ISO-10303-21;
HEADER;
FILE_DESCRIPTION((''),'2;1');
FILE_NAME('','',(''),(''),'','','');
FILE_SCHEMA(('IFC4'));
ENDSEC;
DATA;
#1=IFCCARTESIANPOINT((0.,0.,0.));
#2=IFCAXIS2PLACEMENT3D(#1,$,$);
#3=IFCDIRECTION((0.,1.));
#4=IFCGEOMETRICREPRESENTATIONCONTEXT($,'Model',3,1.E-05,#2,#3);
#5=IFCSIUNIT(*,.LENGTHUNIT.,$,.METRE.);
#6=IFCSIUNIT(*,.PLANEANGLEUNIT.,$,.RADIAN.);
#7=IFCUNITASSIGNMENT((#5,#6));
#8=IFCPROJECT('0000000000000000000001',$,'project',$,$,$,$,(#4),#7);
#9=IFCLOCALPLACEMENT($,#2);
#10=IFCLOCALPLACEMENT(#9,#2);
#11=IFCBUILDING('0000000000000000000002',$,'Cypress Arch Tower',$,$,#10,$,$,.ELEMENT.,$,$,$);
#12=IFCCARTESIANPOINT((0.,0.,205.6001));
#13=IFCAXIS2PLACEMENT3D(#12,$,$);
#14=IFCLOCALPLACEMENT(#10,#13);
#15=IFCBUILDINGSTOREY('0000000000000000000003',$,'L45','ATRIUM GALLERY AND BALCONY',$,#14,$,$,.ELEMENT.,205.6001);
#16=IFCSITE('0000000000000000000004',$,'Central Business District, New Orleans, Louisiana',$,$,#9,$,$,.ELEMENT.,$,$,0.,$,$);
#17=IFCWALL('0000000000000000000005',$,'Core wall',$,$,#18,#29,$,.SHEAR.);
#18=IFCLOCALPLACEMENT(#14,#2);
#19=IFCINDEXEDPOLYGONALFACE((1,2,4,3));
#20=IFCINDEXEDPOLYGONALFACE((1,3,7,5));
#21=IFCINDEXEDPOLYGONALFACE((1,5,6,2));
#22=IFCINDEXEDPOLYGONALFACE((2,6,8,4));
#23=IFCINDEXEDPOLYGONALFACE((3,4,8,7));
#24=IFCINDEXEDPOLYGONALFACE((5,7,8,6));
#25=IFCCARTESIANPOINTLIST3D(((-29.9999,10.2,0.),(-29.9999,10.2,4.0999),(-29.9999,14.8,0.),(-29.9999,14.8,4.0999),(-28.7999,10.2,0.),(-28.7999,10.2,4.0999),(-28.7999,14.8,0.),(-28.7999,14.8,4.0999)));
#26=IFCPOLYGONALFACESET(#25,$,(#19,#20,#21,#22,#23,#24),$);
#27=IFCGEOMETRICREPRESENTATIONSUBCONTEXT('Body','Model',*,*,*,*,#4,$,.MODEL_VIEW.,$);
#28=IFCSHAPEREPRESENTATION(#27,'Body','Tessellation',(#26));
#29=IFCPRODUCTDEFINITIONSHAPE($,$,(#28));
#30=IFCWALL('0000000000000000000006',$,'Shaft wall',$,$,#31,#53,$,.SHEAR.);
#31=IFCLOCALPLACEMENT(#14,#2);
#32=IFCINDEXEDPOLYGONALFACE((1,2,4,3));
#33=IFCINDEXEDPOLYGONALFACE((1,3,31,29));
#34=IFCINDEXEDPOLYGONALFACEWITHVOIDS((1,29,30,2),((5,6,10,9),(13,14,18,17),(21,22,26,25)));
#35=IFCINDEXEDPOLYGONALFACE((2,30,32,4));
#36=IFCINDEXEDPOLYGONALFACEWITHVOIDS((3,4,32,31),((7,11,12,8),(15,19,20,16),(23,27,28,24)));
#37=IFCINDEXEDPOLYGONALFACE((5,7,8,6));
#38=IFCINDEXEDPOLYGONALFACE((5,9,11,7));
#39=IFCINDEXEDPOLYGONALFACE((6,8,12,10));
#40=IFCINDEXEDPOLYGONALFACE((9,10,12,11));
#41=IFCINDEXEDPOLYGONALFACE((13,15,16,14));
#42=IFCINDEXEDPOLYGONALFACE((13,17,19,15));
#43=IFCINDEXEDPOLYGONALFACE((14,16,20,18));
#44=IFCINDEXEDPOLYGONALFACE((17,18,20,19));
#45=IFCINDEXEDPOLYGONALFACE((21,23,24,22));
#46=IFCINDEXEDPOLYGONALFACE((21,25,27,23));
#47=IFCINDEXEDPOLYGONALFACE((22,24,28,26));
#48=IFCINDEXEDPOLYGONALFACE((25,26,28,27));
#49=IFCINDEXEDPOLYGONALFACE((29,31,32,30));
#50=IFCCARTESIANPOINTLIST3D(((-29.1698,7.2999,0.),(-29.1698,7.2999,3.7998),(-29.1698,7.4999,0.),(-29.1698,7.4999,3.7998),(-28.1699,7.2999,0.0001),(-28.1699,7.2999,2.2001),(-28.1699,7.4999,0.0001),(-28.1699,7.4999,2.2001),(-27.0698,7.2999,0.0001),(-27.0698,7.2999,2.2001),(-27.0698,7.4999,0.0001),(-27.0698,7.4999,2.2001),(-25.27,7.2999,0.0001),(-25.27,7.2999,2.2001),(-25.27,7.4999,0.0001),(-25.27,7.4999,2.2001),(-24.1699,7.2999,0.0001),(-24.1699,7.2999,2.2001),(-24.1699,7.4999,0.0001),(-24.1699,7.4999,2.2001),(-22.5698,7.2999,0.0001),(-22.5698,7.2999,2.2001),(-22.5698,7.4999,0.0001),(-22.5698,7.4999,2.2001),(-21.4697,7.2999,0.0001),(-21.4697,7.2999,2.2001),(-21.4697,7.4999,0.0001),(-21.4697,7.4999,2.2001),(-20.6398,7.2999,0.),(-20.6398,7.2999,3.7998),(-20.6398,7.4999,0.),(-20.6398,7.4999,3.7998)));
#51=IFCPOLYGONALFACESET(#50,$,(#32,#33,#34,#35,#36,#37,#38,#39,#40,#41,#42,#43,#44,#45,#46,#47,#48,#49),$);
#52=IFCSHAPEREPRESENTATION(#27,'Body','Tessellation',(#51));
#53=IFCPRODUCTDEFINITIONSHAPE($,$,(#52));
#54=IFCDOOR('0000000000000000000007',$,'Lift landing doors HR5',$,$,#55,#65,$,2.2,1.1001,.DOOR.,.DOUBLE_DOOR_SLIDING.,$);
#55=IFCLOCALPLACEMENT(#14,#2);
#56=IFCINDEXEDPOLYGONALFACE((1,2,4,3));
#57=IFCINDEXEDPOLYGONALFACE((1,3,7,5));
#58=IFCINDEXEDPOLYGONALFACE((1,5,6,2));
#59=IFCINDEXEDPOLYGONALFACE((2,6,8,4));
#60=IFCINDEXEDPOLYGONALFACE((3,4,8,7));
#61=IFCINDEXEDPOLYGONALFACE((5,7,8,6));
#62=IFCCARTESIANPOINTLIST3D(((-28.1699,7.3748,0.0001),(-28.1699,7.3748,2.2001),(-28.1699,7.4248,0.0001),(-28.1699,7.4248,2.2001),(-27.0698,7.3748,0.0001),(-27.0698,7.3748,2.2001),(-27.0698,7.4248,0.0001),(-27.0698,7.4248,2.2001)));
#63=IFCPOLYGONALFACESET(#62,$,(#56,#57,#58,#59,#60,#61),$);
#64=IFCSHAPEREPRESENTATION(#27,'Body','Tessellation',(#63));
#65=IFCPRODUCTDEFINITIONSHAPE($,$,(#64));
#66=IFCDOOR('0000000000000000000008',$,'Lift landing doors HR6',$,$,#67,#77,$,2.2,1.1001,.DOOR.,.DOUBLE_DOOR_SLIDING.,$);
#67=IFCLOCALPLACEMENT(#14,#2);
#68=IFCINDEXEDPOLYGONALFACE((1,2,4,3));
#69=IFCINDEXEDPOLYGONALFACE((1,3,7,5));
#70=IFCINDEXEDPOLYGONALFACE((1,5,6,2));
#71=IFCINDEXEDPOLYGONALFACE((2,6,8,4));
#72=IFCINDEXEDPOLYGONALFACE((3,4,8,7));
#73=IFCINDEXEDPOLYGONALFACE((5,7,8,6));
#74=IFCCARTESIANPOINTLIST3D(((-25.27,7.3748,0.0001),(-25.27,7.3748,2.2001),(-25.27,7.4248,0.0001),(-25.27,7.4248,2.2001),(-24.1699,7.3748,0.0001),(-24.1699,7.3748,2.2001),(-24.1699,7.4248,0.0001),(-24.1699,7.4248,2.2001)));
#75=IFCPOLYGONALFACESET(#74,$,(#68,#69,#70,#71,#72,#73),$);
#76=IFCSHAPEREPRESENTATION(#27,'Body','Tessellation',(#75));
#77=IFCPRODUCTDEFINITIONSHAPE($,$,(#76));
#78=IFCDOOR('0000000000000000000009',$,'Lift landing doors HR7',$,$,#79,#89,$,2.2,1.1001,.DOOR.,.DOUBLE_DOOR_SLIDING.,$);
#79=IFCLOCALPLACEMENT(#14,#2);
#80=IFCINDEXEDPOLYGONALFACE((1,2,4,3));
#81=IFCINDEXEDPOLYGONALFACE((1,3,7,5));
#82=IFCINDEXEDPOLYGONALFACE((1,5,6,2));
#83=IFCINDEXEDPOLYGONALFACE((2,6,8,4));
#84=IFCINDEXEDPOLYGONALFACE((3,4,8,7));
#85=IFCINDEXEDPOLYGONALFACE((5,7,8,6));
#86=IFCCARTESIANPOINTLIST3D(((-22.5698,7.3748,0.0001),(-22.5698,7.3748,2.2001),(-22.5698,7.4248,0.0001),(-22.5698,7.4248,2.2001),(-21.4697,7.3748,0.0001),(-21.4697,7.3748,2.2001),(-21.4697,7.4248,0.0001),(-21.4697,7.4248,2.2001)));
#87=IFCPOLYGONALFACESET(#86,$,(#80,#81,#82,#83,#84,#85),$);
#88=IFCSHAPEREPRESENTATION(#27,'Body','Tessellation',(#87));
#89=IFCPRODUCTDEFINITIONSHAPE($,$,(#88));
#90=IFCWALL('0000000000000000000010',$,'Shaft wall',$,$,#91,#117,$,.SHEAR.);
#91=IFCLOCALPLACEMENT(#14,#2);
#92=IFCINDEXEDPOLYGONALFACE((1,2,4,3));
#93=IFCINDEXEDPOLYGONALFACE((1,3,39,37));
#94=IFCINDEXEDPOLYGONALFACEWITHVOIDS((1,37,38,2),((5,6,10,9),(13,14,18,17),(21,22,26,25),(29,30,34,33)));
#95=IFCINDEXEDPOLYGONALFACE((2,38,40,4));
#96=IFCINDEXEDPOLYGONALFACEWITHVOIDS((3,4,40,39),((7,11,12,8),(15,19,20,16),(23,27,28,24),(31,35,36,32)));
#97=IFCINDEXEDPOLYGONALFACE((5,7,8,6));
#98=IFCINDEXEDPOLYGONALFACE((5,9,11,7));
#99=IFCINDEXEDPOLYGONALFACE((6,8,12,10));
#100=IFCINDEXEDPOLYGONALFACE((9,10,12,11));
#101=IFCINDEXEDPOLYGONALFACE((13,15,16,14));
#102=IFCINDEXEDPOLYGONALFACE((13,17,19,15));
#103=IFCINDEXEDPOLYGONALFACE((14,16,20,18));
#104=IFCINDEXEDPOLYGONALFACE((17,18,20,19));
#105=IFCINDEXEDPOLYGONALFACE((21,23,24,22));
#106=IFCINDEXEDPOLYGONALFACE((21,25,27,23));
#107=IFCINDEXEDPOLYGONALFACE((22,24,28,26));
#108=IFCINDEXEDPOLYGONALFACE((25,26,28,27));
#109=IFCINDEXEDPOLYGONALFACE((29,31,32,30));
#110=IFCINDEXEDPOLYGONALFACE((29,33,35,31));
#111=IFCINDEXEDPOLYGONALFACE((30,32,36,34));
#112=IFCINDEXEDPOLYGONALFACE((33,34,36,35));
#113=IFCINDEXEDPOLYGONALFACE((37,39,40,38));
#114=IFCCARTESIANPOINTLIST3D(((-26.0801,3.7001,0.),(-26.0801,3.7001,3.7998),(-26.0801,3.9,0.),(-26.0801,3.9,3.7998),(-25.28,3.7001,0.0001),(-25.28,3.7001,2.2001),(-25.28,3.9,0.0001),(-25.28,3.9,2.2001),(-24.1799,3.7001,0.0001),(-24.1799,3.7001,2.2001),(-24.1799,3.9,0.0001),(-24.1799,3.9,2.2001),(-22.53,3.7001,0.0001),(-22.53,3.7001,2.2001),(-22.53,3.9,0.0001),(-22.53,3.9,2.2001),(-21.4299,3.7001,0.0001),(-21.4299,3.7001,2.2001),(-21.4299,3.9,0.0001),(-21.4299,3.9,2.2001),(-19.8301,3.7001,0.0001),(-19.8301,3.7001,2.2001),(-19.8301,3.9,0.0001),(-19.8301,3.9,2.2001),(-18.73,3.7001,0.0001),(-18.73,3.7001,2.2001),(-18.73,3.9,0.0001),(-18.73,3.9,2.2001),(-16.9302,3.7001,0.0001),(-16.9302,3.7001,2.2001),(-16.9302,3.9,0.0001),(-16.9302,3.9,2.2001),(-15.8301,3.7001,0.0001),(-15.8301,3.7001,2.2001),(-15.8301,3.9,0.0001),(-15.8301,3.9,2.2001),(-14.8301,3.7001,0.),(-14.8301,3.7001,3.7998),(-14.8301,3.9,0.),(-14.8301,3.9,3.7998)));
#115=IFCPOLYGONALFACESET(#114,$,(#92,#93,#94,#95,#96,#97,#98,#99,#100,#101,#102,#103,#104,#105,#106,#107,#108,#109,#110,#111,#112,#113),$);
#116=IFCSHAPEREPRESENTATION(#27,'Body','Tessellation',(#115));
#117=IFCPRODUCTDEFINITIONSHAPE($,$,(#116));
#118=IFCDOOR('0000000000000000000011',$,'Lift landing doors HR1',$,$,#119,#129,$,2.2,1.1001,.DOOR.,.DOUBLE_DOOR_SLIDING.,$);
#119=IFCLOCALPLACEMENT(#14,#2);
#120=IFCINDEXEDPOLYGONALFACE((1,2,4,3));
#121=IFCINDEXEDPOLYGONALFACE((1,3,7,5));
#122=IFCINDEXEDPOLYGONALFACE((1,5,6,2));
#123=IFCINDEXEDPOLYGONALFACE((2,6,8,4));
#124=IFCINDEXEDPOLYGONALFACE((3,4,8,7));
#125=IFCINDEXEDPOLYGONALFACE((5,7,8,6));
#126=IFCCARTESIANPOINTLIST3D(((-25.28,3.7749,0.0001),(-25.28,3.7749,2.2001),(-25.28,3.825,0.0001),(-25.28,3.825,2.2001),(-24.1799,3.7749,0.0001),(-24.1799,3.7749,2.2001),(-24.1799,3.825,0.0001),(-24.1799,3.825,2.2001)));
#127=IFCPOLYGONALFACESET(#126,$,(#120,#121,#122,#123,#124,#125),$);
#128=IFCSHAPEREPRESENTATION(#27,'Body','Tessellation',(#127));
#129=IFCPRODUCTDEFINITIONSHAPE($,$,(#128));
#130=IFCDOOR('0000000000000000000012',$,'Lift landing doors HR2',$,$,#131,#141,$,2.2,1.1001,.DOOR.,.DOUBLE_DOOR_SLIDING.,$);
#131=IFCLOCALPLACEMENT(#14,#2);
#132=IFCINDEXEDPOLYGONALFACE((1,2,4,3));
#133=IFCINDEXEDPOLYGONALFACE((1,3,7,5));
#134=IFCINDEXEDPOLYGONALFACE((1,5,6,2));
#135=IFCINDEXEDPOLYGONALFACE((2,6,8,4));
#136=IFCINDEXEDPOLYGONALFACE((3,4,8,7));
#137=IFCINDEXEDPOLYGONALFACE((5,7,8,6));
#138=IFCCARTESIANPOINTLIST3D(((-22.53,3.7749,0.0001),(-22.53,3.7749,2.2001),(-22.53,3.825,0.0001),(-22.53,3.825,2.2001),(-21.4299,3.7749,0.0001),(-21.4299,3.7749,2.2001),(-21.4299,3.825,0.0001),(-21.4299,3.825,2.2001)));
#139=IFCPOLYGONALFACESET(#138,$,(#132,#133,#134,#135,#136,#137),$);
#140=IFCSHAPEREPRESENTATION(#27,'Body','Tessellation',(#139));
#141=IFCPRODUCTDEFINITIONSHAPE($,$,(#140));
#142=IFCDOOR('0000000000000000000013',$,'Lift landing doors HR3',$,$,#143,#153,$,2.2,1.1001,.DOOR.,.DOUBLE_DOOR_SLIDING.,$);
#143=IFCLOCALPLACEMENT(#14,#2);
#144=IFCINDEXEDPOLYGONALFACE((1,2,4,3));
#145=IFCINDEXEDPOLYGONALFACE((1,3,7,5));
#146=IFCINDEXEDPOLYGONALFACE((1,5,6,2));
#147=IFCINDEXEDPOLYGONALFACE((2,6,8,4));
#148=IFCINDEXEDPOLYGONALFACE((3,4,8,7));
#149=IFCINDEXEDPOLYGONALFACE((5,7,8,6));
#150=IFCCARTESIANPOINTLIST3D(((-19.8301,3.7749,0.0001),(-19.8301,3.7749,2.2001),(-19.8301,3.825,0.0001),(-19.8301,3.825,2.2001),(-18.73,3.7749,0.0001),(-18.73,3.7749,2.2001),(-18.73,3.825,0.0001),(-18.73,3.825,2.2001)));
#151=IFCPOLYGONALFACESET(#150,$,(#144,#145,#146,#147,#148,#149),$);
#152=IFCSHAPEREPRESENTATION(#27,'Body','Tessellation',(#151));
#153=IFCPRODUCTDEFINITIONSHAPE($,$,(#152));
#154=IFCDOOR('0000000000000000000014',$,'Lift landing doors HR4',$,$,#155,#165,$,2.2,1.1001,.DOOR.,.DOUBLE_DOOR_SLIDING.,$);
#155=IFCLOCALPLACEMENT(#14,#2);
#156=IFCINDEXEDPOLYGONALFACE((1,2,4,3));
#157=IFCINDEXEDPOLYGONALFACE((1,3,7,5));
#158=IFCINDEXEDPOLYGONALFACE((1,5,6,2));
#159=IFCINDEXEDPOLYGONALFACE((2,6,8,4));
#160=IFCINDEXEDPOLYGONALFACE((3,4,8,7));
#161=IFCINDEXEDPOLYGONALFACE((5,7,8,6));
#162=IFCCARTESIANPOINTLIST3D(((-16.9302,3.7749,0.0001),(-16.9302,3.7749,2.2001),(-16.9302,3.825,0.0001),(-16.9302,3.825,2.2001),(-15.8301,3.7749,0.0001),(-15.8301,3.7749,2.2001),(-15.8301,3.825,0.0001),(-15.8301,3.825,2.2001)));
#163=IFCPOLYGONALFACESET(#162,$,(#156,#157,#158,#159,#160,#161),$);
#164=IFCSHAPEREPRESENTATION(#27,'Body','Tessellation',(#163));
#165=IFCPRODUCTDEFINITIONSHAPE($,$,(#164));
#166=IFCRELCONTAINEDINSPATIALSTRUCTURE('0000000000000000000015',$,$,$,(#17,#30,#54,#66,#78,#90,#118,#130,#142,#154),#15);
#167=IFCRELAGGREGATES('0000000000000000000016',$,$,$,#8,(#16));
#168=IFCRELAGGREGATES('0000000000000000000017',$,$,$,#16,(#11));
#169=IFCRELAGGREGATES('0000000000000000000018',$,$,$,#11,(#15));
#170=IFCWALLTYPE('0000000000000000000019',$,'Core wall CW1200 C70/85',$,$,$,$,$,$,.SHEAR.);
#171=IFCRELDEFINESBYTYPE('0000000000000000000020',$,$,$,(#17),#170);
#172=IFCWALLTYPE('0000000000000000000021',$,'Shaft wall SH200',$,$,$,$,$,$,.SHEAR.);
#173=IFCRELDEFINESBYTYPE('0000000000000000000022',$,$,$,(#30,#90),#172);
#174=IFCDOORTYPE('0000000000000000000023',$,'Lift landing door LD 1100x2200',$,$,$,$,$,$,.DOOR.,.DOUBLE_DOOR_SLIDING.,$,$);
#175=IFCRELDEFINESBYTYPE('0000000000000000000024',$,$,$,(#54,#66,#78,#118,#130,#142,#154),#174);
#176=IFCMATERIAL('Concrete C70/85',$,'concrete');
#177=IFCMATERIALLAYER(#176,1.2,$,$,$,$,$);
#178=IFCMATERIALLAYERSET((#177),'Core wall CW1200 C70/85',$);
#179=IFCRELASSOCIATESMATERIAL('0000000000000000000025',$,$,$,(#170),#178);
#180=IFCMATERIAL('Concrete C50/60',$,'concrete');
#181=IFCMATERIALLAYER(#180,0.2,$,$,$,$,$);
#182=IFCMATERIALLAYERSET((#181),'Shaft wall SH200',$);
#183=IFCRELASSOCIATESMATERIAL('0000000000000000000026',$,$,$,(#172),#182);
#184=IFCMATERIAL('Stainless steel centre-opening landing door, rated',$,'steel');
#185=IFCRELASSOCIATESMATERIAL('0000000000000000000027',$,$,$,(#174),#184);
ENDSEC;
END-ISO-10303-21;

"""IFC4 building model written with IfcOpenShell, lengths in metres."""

from ifc_helpers import new_model, si_unit, direction, frame, frame_2d, origin, place, context, subcontext, project, spatial, rectangle, extrude, material, layer, layer_set, type_object, element, fill, save


model = new_model("IFC4")

# Units and contexts
model_context = context("Model", 3, precision=1e-05, world=origin(), true_north=direction((0.0, 1.0)))
body_context = subcontext(model_context, "Body", "Model", "MODEL_VIEW")
ifc_project = project(units=[si_unit("LENGTHUNIT", "METRE"), si_unit("PLANEANGLEUNIT", "RADIAN")], contexts=[model_context])

# Site, building, storey
site_placement = place(None, origin())
site = spatial("IfcSite", under=ifc_project, at=site_placement, Name="Central Business District, New Orleans, Louisiana", CompositionType="ELEMENT", RefElevation=0.0)
building_placement = place(site_placement, origin())
building = spatial("IfcBuilding", under=site, at=building_placement, Name="Cypress Arch Tower", CompositionType="ELEMENT")
storey_placement = place(building_placement, frame((0.0, 0.0, 205.6001)))
storey = spatial("IfcBuildingStorey", under=building, at=storey_placement, Name="L45", Description="ATRIUM GALLERY AND BALCONY", CompositionType="ELEMENT", Elevation=205.6001)

# Wall
ifc_material_1 = material(Name="Concrete C70/85", Category="concrete")
ifc_layer_1 = layer(ifc_material_1, 1.2)
ifc_layer_set_1 = layer_set([ifc_layer_1], Name="Core wall CW1200 C70/85")
wall_type_1 = type_object("IfcWallType", Name="Core wall CW1200 C70/85", PredefinedType="SHEAR", material=ifc_layer_set_1)
wall_1_placement = place(storey_placement, frame((-29.3999, 10.2, 0.0), z_axis=(0.0, 0.0, 1.0), x_axis=(0.0, 1.0, 0.0)))
element("IfcWall", 1, at=wall_1_placement, inside=storey, type_object=wall_type_1, Name="Core wall", PredefinedType="SHEAR", context=body_context, shape_type="SweptSolid", body=[
    extrude(rectangle(XDim=4.6001, YDim=1.2, at=frame_2d((2.3, 0.0))), origin(), (0.0, 0.0, 1.0), 4.0999),
])

# Walls, openings, doors
ifc_material_2 = material(Name="Concrete C50/60", Category="concrete")
ifc_layer_2 = layer(ifc_material_2, 0.2)
ifc_layer_set_2 = layer_set([ifc_layer_2], Name="Shaft wall SH200")
wall_type_2 = type_object("IfcWallType", Name="Shaft wall SH200", PredefinedType="SHEAR", material=ifc_layer_set_2)
wall_2_placement = place(storey_placement, frame((-29.1699, 7.3999, 0.0), z_axis=(0.0, 0.0, 1.0), x_axis=(1.0, 0.0, 0.0)))
wall_2 = element("IfcWall", 2, at=wall_2_placement, inside=storey, type_object=wall_type_2, Name="Shaft wall", PredefinedType="SHEAR", context=body_context, shape_type="SweptSolid", body=[
    extrude(rectangle(XDim=8.53, YDim=0.2, at=frame_2d((4.2651, 0.0))), origin(), (0.0, 0.0, 1.0), 3.7998),
])
opening_1_placement = place(wall_2_placement, frame((1.0, 0.0, 0.0)))
opening_1 = element("IfcOpeningElement", 3, at=opening_1_placement, cuts=wall_2, PredefinedType="OPENING", context=body_context, shape_type="SweptSolid", body=[
    extrude(rectangle(XDim=1.1001, YDim=2.2, at=frame_2d((0.55, 1.1001))), frame((0.0, 0.1099, 0.0), z_axis=(0.0, -1.0, 0.0), x_axis=(1.0, 0.0, 0.0)), (0.0, 0.0, 1.0), 0.22),
])
opening_2_placement = place(wall_2_placement, frame((3.8999, 0.0, 0.0)))
opening_2 = element("IfcOpeningElement", 4, at=opening_2_placement, cuts=wall_2, PredefinedType="OPENING", context=body_context, shape_type="SweptSolid", body=[
    extrude(rectangle(XDim=1.1001, YDim=2.2, at=frame_2d((0.55, 1.1001))), frame((0.0, 0.1099, 0.0), z_axis=(0.0, -1.0, 0.0), x_axis=(1.0, 0.0, 0.0)), (0.0, 0.0, 1.0), 0.22),
])
opening_3_placement = place(wall_2_placement, frame((6.6001, 0.0, 0.0)))
opening_3 = element("IfcOpeningElement", 5, at=opening_3_placement, cuts=wall_2, PredefinedType="OPENING", context=body_context, shape_type="SweptSolid", body=[
    extrude(rectangle(XDim=1.1001, YDim=2.2, at=frame_2d((0.55, 1.1001))), frame((0.0, 0.1099, 0.0), z_axis=(0.0, -1.0, 0.0), x_axis=(1.0, 0.0, 0.0)), (0.0, 0.0, 1.0), 0.22),
])
ifc_material_3 = material(Name="Stainless steel centre-opening landing door, rated", Category="steel")
door_type = type_object("IfcDoorType", Name="Lift landing door LD 1100x2200", OperationType="DOUBLE_DOOR_SLIDING", PredefinedType="DOOR", material=ifc_material_3)
door_1_placement = place(opening_1_placement, origin())
door_1 = element("IfcDoor", 6, at=door_1_placement, inside=storey, type_object=door_type, Name="Lift landing doors HR5", OperationType="DOUBLE_DOOR_SLIDING", OverallHeight=2.2, OverallWidth=1.1001, PredefinedType="DOOR", context=body_context, shape_type="SweptSolid", body=[
    extrude(rectangle(XDim=1.1001, YDim=2.2, at=frame_2d((0.55, 1.1001))), frame((0.0, 0.0249, 0.0), z_axis=(0.0, -1.0, 0.0), x_axis=(1.0, 0.0, 0.0)), (0.0, 0.0, 1.0), 0.05),
])
fill(opening_1, door_1)
door_2_placement = place(opening_2_placement, origin())
door_2 = element("IfcDoor", 7, at=door_2_placement, inside=storey, type_object=door_type, Name="Lift landing doors HR6", OperationType="DOUBLE_DOOR_SLIDING", OverallHeight=2.2, OverallWidth=1.1001, PredefinedType="DOOR", context=body_context, shape_type="SweptSolid", body=[
    extrude(rectangle(XDim=1.1001, YDim=2.2, at=frame_2d((0.55, 1.1001))), frame((0.0, 0.0249, 0.0), z_axis=(0.0, -1.0, 0.0), x_axis=(1.0, 0.0, 0.0)), (0.0, 0.0, 1.0), 0.05),
])
fill(opening_2, door_2)
door_3_placement = place(opening_3_placement, origin())
door_3 = element("IfcDoor", 8, at=door_3_placement, inside=storey, type_object=door_type, Name="Lift landing doors HR7", OperationType="DOUBLE_DOOR_SLIDING", OverallHeight=2.2, OverallWidth=1.1001, PredefinedType="DOOR", context=body_context, shape_type="SweptSolid", body=[
    extrude(rectangle(XDim=1.1001, YDim=2.2, at=frame_2d((0.55, 1.1001))), frame((0.0, 0.0249, 0.0), z_axis=(0.0, -1.0, 0.0), x_axis=(1.0, 0.0, 0.0)), (0.0, 0.0, 1.0), 0.05),
])
fill(opening_3, door_3)
wall_3_placement = place(storey_placement, frame((-26.0801, 3.8, 0.0), z_axis=(0.0, 0.0, 1.0), x_axis=(1.0, 0.0, 0.0)))
wall_3 = element("IfcWall", 9, at=wall_3_placement, inside=storey, type_object=wall_type_2, Name="Shaft wall", PredefinedType="SHEAR", context=body_context, shape_type="SweptSolid", body=[
    extrude(rectangle(XDim=11.25, YDim=0.2, at=frame_2d((5.625, 0.0))), origin(), (0.0, 0.0, 1.0), 3.7998),
])
opening_4_placement = place(wall_3_placement, frame((0.8, 0.0, 0.0)))
opening_4 = element("IfcOpeningElement", 10, at=opening_4_placement, cuts=wall_3, PredefinedType="OPENING", context=body_context, shape_type="SweptSolid", body=[
    extrude(rectangle(XDim=1.1001, YDim=2.2, at=frame_2d((0.55, 1.1001))), frame((0.0, 0.1099, 0.0), z_axis=(0.0, -1.0, 0.0), x_axis=(1.0, 0.0, 0.0)), (0.0, 0.0, 1.0), 0.22),
])
opening_5_placement = place(wall_3_placement, frame((3.55, 0.0, 0.0)))
opening_5 = element("IfcOpeningElement", 11, at=opening_5_placement, cuts=wall_3, PredefinedType="OPENING", context=body_context, shape_type="SweptSolid", body=[
    extrude(rectangle(XDim=1.1001, YDim=2.2, at=frame_2d((0.55, 1.1001))), frame((0.0, 0.1099, 0.0), z_axis=(0.0, -1.0, 0.0), x_axis=(1.0, 0.0, 0.0)), (0.0, 0.0, 1.0), 0.22),
])
opening_6_placement = place(wall_3_placement, frame((6.25, 0.0, 0.0)))
opening_6 = element("IfcOpeningElement", 12, at=opening_6_placement, cuts=wall_3, PredefinedType="OPENING", context=body_context, shape_type="SweptSolid", body=[
    extrude(rectangle(XDim=1.1001, YDim=2.2, at=frame_2d((0.55, 1.1001))), frame((0.0, 0.1099, 0.0), z_axis=(0.0, -1.0, 0.0), x_axis=(1.0, 0.0, 0.0)), (0.0, 0.0, 1.0), 0.22),
])
opening_7_placement = place(wall_3_placement, frame((9.1499, 0.0, 0.0)))
opening_7 = element("IfcOpeningElement", 13, at=opening_7_placement, cuts=wall_3, PredefinedType="OPENING", context=body_context, shape_type="SweptSolid", body=[
    extrude(rectangle(XDim=1.1001, YDim=2.2, at=frame_2d((0.55, 1.1001))), frame((0.0, 0.1099, 0.0), z_axis=(0.0, -1.0, 0.0), x_axis=(1.0, 0.0, 0.0)), (0.0, 0.0, 1.0), 0.22),
])
door_4_placement = place(opening_4_placement, origin())
door_4 = element("IfcDoor", 14, at=door_4_placement, inside=storey, type_object=door_type, Name="Lift landing doors HR1", OperationType="DOUBLE_DOOR_SLIDING", OverallHeight=2.2, OverallWidth=1.1001, PredefinedType="DOOR", context=body_context, shape_type="SweptSolid", body=[
    extrude(rectangle(XDim=1.1001, YDim=2.2, at=frame_2d((0.55, 1.1001))), frame((0.0, 0.0249, 0.0), z_axis=(0.0, -1.0, 0.0), x_axis=(1.0, 0.0, 0.0)), (0.0, 0.0, 1.0), 0.05),
])
fill(opening_4, door_4)
door_5_placement = place(opening_5_placement, origin())
door_5 = element("IfcDoor", 15, at=door_5_placement, inside=storey, type_object=door_type, Name="Lift landing doors HR2", OperationType="DOUBLE_DOOR_SLIDING", OverallHeight=2.2, OverallWidth=1.1001, PredefinedType="DOOR", context=body_context, shape_type="SweptSolid", body=[
    extrude(rectangle(XDim=1.1001, YDim=2.2, at=frame_2d((0.55, 1.1001))), frame((0.0, 0.0249, 0.0), z_axis=(0.0, -1.0, 0.0), x_axis=(1.0, 0.0, 0.0)), (0.0, 0.0, 1.0), 0.05),
])
fill(opening_5, door_5)
door_6_placement = place(opening_6_placement, origin())
door_6 = element("IfcDoor", 16, at=door_6_placement, inside=storey, type_object=door_type, Name="Lift landing doors HR3", OperationType="DOUBLE_DOOR_SLIDING", OverallHeight=2.2, OverallWidth=1.1001, PredefinedType="DOOR", context=body_context, shape_type="SweptSolid", body=[
    extrude(rectangle(XDim=1.1001, YDim=2.2, at=frame_2d((0.55, 1.1001))), frame((0.0, 0.0249, 0.0), z_axis=(0.0, -1.0, 0.0), x_axis=(1.0, 0.0, 0.0)), (0.0, 0.0, 1.0), 0.05),
])
fill(opening_6, door_6)
door_7_placement = place(opening_7_placement, origin())
door_7 = element("IfcDoor", 17, at=door_7_placement, inside=storey, type_object=door_type, Name="Lift landing doors HR4", OperationType="DOUBLE_DOOR_SLIDING", OverallHeight=2.2, OverallWidth=1.1001, PredefinedType="DOOR", context=body_context, shape_type="SweptSolid", body=[
    extrude(rectangle(XDim=1.1001, YDim=2.2, at=frame_2d((0.55, 1.1001))), frame((0.0, 0.0249, 0.0), z_axis=(0.0, -1.0, 0.0), x_axis=(1.0, 0.0, 0.0)), (0.0, 0.0, 1.0), 0.05),
])
fill(opening_7, door_7)

save(model, "model.ifc")
